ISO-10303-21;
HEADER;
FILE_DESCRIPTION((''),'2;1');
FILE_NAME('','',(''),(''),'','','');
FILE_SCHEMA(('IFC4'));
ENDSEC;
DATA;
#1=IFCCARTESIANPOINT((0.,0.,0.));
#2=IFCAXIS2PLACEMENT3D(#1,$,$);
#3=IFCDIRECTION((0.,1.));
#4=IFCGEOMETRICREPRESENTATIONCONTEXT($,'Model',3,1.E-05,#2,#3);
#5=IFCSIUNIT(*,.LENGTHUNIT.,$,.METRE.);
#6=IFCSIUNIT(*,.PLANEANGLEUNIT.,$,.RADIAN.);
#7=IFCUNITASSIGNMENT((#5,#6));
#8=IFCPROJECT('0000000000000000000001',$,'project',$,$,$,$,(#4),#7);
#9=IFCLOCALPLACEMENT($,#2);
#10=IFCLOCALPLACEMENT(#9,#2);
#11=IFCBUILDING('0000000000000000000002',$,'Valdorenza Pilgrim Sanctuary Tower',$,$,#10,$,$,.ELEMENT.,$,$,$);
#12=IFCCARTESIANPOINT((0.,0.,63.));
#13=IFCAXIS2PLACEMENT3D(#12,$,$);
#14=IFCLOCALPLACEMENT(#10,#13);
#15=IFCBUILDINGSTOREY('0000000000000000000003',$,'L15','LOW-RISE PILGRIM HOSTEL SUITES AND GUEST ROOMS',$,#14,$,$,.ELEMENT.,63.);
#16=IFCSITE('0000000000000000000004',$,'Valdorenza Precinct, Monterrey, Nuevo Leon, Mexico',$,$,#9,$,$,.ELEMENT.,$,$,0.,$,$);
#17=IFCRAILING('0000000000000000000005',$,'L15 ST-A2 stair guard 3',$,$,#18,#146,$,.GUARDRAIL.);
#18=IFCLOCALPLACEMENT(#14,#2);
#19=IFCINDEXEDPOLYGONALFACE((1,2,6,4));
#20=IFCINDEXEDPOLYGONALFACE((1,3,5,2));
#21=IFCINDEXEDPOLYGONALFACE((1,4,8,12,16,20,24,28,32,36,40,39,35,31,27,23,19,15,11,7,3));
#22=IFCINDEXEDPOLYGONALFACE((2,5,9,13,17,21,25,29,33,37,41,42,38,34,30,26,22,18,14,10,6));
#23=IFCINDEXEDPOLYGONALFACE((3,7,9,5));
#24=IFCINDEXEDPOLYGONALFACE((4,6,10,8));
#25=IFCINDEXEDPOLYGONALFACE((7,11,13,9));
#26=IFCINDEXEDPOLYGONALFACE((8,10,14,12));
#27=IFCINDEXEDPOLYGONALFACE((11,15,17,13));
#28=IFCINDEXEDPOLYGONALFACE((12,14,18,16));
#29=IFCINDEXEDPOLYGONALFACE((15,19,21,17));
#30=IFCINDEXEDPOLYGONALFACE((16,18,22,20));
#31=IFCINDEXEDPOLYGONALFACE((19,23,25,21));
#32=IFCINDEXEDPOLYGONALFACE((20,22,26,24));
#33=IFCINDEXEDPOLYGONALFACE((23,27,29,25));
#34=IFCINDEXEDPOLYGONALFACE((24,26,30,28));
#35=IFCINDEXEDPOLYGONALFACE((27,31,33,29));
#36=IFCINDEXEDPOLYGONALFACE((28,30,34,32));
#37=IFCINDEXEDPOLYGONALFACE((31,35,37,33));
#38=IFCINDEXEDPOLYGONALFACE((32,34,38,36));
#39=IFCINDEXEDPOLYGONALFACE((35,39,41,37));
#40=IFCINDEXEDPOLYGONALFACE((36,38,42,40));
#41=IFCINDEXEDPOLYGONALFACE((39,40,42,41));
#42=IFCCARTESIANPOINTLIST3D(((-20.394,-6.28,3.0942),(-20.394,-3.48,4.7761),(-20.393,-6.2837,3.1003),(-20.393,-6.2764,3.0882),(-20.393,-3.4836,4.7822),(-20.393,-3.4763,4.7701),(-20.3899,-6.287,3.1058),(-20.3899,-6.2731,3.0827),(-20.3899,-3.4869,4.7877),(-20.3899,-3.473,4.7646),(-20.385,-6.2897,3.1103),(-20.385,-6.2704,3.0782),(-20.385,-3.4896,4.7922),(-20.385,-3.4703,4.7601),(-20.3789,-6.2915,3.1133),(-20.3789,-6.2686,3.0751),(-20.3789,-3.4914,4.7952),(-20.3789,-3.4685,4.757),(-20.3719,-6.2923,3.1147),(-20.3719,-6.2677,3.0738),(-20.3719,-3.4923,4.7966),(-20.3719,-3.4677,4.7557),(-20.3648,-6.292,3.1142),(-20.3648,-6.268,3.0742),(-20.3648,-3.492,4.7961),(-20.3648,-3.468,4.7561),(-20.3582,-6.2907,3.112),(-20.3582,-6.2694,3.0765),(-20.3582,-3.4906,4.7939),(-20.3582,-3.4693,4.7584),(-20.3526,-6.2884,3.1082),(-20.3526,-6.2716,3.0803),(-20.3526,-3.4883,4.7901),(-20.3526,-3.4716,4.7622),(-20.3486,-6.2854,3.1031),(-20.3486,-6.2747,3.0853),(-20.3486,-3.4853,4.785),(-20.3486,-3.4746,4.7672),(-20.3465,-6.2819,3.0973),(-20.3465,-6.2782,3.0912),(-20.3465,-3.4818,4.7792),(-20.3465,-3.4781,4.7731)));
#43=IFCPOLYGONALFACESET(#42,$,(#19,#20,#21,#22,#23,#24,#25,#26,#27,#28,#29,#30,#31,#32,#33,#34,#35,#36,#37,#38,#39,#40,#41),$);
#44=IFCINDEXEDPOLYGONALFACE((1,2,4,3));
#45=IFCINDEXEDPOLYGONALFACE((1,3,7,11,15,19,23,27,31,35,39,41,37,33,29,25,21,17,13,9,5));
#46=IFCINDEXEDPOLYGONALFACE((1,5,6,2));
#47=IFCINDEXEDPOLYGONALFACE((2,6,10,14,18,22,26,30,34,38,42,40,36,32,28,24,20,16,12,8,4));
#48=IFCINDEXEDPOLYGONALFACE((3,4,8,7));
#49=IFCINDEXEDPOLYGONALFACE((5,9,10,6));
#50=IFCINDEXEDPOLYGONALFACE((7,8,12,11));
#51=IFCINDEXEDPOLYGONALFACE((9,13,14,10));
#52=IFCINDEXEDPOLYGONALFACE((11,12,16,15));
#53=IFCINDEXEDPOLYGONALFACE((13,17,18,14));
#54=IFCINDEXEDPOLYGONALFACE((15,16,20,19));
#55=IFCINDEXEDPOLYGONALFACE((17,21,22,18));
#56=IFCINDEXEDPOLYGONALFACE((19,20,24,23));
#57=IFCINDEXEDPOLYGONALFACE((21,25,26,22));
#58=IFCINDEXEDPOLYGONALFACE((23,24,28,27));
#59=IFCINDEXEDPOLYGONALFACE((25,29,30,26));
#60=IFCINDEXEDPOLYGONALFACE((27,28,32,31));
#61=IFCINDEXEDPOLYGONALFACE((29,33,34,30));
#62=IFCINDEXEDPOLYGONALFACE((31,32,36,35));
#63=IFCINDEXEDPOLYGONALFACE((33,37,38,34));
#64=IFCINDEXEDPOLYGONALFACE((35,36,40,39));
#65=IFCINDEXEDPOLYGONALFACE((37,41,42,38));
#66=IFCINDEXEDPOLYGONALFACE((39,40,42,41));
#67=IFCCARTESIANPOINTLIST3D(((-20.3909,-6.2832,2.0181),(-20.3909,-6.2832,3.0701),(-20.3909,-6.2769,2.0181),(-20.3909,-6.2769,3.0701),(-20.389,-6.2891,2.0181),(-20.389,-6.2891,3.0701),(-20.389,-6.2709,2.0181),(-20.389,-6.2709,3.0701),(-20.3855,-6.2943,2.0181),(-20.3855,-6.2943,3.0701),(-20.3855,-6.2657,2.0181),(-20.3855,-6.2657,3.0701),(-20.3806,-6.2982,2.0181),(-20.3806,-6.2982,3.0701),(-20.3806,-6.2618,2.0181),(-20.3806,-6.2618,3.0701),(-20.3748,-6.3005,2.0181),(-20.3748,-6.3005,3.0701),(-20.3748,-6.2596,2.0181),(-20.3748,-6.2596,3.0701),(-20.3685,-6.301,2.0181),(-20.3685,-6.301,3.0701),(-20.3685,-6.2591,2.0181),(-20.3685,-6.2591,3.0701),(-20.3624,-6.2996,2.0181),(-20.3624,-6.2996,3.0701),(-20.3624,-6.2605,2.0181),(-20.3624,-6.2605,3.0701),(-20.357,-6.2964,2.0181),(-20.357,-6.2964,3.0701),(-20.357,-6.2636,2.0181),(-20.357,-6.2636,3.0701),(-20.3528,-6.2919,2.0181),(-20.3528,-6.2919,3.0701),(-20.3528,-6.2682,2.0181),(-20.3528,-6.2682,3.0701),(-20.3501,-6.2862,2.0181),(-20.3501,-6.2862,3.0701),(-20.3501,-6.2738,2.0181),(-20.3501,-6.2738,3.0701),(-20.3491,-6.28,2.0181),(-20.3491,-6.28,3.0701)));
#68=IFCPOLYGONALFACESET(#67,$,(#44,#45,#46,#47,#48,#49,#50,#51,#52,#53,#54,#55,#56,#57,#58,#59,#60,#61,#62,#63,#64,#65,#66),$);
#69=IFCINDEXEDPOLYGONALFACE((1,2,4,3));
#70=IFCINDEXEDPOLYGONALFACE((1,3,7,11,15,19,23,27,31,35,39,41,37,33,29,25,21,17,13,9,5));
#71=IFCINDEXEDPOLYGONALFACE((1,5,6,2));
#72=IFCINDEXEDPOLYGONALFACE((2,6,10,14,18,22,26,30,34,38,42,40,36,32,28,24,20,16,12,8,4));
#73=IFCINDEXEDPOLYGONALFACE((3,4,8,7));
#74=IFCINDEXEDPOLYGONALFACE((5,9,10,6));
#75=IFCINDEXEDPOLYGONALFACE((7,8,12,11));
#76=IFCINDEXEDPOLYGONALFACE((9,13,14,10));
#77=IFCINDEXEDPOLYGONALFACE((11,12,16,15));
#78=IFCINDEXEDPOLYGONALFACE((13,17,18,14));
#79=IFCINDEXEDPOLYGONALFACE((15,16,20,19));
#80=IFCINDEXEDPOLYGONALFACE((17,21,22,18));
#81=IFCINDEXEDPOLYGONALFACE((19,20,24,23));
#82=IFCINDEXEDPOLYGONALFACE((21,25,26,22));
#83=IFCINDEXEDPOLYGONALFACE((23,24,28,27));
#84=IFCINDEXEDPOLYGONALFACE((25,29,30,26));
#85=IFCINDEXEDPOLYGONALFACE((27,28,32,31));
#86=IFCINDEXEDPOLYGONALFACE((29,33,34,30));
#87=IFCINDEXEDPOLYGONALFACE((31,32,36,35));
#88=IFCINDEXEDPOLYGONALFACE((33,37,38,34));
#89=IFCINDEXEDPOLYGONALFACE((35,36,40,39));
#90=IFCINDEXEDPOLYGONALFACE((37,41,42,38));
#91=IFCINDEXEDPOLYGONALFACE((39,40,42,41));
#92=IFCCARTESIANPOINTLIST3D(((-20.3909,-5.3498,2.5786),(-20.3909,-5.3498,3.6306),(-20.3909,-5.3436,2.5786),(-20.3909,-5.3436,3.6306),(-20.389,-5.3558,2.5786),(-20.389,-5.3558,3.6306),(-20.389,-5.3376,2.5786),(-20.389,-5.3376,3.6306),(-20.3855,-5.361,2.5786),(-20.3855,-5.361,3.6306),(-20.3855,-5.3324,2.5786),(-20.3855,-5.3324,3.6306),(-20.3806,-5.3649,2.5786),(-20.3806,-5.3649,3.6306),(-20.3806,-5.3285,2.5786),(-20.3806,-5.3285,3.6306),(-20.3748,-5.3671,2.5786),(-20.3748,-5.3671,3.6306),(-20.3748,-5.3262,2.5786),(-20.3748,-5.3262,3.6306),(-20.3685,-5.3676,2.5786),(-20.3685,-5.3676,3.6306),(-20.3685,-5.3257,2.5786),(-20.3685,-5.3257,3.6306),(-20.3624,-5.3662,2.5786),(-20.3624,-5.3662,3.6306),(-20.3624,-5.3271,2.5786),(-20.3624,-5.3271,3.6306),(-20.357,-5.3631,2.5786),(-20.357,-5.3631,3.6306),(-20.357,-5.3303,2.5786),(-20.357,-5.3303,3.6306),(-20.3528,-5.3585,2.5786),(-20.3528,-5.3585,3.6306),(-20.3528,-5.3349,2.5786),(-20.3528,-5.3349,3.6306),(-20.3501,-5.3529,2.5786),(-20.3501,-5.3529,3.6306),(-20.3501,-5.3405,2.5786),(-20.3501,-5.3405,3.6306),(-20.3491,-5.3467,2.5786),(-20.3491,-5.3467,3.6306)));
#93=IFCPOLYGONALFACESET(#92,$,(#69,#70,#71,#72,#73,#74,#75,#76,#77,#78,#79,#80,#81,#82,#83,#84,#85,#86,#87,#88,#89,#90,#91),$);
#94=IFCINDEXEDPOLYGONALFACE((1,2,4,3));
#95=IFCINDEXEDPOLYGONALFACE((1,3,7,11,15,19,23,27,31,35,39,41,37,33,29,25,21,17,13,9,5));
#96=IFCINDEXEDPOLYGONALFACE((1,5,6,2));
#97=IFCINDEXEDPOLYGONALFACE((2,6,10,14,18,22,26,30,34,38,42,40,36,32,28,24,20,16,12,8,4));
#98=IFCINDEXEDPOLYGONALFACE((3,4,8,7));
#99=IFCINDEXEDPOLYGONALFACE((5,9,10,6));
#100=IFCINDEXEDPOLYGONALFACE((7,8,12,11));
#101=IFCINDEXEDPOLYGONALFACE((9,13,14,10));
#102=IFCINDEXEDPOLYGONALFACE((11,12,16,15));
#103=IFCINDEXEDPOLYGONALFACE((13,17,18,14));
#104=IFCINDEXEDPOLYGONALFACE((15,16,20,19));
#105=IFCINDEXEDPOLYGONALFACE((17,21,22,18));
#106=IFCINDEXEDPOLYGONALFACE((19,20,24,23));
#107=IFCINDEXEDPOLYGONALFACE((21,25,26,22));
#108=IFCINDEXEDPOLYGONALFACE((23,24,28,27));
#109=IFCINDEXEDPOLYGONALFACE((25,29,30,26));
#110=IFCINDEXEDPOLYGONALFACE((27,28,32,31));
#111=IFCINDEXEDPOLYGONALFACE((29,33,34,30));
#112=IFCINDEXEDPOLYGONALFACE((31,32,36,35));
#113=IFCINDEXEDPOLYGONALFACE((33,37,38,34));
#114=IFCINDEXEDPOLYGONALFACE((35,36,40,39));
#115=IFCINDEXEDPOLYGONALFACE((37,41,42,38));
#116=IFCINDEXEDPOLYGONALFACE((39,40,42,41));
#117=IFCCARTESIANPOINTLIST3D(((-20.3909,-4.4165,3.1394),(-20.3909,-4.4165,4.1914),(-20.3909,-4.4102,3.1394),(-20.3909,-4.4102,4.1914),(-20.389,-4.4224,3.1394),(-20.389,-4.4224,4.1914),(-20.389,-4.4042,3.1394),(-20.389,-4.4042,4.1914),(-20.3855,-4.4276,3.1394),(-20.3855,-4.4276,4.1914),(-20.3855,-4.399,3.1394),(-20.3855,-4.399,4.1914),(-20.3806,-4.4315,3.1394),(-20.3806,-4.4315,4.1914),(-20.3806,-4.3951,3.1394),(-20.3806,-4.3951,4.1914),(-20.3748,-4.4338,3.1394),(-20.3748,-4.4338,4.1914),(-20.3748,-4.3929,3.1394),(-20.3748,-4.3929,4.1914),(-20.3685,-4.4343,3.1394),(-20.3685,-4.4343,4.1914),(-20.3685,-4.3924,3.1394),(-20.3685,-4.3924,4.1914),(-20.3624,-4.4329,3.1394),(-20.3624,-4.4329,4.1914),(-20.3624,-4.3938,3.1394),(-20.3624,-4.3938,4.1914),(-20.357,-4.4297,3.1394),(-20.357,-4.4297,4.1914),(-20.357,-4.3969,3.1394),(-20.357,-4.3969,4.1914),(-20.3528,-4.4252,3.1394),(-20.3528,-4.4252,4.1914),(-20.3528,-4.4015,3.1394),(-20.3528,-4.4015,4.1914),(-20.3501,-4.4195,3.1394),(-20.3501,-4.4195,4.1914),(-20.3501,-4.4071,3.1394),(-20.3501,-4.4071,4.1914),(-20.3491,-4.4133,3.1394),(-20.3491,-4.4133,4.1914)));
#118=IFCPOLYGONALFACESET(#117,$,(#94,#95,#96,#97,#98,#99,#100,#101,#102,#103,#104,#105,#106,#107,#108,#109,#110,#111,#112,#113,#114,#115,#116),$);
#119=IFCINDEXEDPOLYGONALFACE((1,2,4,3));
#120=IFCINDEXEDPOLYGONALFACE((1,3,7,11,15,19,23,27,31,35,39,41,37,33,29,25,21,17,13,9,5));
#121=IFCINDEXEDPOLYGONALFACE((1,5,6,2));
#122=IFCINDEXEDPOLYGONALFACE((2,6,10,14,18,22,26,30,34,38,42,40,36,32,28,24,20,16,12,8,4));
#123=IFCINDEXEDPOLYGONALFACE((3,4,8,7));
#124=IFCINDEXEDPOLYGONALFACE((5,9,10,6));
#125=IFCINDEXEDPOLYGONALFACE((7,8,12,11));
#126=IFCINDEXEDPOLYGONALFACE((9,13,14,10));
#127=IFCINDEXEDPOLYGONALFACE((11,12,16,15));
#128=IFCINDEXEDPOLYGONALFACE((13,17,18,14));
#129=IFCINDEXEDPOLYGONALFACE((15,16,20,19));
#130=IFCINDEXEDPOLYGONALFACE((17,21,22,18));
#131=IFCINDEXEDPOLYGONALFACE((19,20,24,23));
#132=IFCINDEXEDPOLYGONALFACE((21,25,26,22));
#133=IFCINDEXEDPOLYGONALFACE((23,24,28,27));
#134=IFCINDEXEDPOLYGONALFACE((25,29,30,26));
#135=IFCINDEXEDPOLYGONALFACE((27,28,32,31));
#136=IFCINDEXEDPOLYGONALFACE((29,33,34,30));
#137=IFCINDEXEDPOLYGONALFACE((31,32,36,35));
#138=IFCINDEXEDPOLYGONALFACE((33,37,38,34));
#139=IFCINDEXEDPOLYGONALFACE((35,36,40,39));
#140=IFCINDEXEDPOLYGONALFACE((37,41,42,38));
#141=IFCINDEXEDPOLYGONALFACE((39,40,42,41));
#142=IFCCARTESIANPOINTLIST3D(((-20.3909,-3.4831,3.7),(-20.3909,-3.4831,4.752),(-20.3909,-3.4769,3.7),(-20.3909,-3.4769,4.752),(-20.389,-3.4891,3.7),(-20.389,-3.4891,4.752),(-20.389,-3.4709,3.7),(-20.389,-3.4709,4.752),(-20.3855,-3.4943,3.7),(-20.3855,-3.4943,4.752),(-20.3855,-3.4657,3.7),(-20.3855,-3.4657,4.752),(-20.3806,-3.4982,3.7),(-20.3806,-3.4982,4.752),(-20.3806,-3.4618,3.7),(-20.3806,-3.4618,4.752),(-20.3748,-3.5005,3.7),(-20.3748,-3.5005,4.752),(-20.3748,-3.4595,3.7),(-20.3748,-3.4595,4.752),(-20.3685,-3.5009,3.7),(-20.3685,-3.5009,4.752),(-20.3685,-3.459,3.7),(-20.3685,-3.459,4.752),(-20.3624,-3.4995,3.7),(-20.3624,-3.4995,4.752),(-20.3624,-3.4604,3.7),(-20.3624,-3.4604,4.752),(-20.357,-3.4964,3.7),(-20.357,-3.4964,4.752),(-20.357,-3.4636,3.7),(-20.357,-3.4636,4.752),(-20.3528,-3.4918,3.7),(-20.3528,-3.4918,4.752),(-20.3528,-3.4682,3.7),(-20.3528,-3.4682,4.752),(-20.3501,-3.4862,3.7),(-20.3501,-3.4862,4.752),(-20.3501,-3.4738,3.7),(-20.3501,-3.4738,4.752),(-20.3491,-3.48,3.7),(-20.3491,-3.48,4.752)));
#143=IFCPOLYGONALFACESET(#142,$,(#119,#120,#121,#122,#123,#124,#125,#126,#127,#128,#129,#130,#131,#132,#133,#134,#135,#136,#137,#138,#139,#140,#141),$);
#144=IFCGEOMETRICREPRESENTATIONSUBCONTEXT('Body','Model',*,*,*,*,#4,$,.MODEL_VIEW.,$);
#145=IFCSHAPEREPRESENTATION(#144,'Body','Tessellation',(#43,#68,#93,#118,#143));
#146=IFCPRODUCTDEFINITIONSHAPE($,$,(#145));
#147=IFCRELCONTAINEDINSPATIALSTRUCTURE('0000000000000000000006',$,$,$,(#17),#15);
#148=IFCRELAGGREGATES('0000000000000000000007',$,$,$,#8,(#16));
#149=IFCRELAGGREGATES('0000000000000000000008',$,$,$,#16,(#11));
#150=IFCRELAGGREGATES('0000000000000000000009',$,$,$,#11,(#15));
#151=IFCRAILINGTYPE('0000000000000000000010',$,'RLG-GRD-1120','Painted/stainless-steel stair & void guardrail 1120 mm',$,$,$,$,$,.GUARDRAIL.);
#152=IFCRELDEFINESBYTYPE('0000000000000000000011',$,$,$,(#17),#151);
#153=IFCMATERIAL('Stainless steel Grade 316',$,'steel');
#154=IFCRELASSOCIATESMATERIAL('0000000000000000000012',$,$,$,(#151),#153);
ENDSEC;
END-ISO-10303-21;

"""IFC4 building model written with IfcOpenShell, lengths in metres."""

from ifc_helpers import new_model, si_unit, direction, frame, origin, origin_2d, place, context, subcontext, project, spatial, circle, extrude, material, type_object, element, save


model = new_model("IFC4")

# Units and contexts
model_context = context("Model", 3, precision=1e-05, world=origin(), true_north=direction((0.0, 1.0)))
body_context = subcontext(model_context, "Body", "Model", "MODEL_VIEW")
ifc_project = project(units=[si_unit("LENGTHUNIT", "METRE"), si_unit("PLANEANGLEUNIT", "RADIAN")], contexts=[model_context])

# Site, building, storey
site_placement = place(None, origin())
site = spatial("IfcSite", under=ifc_project, at=site_placement, Name="Valdorenza Precinct, Monterrey, Nuevo Leon, Mexico", CompositionType="ELEMENT", RefElevation=0.0)
building_placement = place(site_placement, origin())
building = spatial("IfcBuilding", under=site, at=building_placement, Name="Valdorenza Pilgrim Sanctuary Tower", CompositionType="ELEMENT")
storey_placement = place(building_placement, frame((0.0, 0.0, 63.0)))
storey = spatial("IfcBuildingStorey", under=building, at=storey_placement, Name="L15", Description="LOW-RISE PILGRIM HOSTEL SUITES AND GUEST ROOMS", CompositionType="ELEMENT", Elevation=63.0)

# Railing
ifc_material_1 = material(Name="Stainless steel Grade 316", Category="steel")
railing_type_1 = type_object("IfcRailingType", Name="RLG-GRD-1120", Description="Painted/stainless-steel stair & void guardrail 1120 mm", PredefinedType="GUARDRAIL", material=ifc_material_1)
railing_1_placement = place(storey_placement, frame((-20.3701, -6.28, 2.0181)))
element("IfcRailing", 1, at=railing_1_placement, inside=storey, type_object=railing_type_1, Name="L15 ST-A2 stair guard 3", PredefinedType="GUARDRAIL", context=body_context, shape_type="SweptSolid", body=[
    extrude(circle(Radius=0.0239, at=origin_2d()), frame((0.0, 0.0, 1.0762), z_axis=(0.0, 0.857242, 0.514913), x_axis=(-1.0, 0.0, 0.0)), (0.0, 0.0, 1.0), 3.2664),
    extrude(circle(Radius=0.021, at=origin_2d()), origin(), (0.0, 0.0, 1.0), 1.052),
    extrude(circle(Radius=0.021, at=origin_2d()), frame((0.0, 0.9333, 0.5605)), (0.0, 0.0, 1.0), 1.052),
    extrude(circle(Radius=0.021, at=origin_2d()), frame((0.0, 1.8667, 1.1213)), (0.0, 0.0, 1.0), 1.052),
    extrude(circle(Radius=0.021, at=origin_2d()), frame((0.0, 2.8, 1.6819)), (0.0, 0.0, 1.0), 1.052),
])

save(model, "model.ifc")
